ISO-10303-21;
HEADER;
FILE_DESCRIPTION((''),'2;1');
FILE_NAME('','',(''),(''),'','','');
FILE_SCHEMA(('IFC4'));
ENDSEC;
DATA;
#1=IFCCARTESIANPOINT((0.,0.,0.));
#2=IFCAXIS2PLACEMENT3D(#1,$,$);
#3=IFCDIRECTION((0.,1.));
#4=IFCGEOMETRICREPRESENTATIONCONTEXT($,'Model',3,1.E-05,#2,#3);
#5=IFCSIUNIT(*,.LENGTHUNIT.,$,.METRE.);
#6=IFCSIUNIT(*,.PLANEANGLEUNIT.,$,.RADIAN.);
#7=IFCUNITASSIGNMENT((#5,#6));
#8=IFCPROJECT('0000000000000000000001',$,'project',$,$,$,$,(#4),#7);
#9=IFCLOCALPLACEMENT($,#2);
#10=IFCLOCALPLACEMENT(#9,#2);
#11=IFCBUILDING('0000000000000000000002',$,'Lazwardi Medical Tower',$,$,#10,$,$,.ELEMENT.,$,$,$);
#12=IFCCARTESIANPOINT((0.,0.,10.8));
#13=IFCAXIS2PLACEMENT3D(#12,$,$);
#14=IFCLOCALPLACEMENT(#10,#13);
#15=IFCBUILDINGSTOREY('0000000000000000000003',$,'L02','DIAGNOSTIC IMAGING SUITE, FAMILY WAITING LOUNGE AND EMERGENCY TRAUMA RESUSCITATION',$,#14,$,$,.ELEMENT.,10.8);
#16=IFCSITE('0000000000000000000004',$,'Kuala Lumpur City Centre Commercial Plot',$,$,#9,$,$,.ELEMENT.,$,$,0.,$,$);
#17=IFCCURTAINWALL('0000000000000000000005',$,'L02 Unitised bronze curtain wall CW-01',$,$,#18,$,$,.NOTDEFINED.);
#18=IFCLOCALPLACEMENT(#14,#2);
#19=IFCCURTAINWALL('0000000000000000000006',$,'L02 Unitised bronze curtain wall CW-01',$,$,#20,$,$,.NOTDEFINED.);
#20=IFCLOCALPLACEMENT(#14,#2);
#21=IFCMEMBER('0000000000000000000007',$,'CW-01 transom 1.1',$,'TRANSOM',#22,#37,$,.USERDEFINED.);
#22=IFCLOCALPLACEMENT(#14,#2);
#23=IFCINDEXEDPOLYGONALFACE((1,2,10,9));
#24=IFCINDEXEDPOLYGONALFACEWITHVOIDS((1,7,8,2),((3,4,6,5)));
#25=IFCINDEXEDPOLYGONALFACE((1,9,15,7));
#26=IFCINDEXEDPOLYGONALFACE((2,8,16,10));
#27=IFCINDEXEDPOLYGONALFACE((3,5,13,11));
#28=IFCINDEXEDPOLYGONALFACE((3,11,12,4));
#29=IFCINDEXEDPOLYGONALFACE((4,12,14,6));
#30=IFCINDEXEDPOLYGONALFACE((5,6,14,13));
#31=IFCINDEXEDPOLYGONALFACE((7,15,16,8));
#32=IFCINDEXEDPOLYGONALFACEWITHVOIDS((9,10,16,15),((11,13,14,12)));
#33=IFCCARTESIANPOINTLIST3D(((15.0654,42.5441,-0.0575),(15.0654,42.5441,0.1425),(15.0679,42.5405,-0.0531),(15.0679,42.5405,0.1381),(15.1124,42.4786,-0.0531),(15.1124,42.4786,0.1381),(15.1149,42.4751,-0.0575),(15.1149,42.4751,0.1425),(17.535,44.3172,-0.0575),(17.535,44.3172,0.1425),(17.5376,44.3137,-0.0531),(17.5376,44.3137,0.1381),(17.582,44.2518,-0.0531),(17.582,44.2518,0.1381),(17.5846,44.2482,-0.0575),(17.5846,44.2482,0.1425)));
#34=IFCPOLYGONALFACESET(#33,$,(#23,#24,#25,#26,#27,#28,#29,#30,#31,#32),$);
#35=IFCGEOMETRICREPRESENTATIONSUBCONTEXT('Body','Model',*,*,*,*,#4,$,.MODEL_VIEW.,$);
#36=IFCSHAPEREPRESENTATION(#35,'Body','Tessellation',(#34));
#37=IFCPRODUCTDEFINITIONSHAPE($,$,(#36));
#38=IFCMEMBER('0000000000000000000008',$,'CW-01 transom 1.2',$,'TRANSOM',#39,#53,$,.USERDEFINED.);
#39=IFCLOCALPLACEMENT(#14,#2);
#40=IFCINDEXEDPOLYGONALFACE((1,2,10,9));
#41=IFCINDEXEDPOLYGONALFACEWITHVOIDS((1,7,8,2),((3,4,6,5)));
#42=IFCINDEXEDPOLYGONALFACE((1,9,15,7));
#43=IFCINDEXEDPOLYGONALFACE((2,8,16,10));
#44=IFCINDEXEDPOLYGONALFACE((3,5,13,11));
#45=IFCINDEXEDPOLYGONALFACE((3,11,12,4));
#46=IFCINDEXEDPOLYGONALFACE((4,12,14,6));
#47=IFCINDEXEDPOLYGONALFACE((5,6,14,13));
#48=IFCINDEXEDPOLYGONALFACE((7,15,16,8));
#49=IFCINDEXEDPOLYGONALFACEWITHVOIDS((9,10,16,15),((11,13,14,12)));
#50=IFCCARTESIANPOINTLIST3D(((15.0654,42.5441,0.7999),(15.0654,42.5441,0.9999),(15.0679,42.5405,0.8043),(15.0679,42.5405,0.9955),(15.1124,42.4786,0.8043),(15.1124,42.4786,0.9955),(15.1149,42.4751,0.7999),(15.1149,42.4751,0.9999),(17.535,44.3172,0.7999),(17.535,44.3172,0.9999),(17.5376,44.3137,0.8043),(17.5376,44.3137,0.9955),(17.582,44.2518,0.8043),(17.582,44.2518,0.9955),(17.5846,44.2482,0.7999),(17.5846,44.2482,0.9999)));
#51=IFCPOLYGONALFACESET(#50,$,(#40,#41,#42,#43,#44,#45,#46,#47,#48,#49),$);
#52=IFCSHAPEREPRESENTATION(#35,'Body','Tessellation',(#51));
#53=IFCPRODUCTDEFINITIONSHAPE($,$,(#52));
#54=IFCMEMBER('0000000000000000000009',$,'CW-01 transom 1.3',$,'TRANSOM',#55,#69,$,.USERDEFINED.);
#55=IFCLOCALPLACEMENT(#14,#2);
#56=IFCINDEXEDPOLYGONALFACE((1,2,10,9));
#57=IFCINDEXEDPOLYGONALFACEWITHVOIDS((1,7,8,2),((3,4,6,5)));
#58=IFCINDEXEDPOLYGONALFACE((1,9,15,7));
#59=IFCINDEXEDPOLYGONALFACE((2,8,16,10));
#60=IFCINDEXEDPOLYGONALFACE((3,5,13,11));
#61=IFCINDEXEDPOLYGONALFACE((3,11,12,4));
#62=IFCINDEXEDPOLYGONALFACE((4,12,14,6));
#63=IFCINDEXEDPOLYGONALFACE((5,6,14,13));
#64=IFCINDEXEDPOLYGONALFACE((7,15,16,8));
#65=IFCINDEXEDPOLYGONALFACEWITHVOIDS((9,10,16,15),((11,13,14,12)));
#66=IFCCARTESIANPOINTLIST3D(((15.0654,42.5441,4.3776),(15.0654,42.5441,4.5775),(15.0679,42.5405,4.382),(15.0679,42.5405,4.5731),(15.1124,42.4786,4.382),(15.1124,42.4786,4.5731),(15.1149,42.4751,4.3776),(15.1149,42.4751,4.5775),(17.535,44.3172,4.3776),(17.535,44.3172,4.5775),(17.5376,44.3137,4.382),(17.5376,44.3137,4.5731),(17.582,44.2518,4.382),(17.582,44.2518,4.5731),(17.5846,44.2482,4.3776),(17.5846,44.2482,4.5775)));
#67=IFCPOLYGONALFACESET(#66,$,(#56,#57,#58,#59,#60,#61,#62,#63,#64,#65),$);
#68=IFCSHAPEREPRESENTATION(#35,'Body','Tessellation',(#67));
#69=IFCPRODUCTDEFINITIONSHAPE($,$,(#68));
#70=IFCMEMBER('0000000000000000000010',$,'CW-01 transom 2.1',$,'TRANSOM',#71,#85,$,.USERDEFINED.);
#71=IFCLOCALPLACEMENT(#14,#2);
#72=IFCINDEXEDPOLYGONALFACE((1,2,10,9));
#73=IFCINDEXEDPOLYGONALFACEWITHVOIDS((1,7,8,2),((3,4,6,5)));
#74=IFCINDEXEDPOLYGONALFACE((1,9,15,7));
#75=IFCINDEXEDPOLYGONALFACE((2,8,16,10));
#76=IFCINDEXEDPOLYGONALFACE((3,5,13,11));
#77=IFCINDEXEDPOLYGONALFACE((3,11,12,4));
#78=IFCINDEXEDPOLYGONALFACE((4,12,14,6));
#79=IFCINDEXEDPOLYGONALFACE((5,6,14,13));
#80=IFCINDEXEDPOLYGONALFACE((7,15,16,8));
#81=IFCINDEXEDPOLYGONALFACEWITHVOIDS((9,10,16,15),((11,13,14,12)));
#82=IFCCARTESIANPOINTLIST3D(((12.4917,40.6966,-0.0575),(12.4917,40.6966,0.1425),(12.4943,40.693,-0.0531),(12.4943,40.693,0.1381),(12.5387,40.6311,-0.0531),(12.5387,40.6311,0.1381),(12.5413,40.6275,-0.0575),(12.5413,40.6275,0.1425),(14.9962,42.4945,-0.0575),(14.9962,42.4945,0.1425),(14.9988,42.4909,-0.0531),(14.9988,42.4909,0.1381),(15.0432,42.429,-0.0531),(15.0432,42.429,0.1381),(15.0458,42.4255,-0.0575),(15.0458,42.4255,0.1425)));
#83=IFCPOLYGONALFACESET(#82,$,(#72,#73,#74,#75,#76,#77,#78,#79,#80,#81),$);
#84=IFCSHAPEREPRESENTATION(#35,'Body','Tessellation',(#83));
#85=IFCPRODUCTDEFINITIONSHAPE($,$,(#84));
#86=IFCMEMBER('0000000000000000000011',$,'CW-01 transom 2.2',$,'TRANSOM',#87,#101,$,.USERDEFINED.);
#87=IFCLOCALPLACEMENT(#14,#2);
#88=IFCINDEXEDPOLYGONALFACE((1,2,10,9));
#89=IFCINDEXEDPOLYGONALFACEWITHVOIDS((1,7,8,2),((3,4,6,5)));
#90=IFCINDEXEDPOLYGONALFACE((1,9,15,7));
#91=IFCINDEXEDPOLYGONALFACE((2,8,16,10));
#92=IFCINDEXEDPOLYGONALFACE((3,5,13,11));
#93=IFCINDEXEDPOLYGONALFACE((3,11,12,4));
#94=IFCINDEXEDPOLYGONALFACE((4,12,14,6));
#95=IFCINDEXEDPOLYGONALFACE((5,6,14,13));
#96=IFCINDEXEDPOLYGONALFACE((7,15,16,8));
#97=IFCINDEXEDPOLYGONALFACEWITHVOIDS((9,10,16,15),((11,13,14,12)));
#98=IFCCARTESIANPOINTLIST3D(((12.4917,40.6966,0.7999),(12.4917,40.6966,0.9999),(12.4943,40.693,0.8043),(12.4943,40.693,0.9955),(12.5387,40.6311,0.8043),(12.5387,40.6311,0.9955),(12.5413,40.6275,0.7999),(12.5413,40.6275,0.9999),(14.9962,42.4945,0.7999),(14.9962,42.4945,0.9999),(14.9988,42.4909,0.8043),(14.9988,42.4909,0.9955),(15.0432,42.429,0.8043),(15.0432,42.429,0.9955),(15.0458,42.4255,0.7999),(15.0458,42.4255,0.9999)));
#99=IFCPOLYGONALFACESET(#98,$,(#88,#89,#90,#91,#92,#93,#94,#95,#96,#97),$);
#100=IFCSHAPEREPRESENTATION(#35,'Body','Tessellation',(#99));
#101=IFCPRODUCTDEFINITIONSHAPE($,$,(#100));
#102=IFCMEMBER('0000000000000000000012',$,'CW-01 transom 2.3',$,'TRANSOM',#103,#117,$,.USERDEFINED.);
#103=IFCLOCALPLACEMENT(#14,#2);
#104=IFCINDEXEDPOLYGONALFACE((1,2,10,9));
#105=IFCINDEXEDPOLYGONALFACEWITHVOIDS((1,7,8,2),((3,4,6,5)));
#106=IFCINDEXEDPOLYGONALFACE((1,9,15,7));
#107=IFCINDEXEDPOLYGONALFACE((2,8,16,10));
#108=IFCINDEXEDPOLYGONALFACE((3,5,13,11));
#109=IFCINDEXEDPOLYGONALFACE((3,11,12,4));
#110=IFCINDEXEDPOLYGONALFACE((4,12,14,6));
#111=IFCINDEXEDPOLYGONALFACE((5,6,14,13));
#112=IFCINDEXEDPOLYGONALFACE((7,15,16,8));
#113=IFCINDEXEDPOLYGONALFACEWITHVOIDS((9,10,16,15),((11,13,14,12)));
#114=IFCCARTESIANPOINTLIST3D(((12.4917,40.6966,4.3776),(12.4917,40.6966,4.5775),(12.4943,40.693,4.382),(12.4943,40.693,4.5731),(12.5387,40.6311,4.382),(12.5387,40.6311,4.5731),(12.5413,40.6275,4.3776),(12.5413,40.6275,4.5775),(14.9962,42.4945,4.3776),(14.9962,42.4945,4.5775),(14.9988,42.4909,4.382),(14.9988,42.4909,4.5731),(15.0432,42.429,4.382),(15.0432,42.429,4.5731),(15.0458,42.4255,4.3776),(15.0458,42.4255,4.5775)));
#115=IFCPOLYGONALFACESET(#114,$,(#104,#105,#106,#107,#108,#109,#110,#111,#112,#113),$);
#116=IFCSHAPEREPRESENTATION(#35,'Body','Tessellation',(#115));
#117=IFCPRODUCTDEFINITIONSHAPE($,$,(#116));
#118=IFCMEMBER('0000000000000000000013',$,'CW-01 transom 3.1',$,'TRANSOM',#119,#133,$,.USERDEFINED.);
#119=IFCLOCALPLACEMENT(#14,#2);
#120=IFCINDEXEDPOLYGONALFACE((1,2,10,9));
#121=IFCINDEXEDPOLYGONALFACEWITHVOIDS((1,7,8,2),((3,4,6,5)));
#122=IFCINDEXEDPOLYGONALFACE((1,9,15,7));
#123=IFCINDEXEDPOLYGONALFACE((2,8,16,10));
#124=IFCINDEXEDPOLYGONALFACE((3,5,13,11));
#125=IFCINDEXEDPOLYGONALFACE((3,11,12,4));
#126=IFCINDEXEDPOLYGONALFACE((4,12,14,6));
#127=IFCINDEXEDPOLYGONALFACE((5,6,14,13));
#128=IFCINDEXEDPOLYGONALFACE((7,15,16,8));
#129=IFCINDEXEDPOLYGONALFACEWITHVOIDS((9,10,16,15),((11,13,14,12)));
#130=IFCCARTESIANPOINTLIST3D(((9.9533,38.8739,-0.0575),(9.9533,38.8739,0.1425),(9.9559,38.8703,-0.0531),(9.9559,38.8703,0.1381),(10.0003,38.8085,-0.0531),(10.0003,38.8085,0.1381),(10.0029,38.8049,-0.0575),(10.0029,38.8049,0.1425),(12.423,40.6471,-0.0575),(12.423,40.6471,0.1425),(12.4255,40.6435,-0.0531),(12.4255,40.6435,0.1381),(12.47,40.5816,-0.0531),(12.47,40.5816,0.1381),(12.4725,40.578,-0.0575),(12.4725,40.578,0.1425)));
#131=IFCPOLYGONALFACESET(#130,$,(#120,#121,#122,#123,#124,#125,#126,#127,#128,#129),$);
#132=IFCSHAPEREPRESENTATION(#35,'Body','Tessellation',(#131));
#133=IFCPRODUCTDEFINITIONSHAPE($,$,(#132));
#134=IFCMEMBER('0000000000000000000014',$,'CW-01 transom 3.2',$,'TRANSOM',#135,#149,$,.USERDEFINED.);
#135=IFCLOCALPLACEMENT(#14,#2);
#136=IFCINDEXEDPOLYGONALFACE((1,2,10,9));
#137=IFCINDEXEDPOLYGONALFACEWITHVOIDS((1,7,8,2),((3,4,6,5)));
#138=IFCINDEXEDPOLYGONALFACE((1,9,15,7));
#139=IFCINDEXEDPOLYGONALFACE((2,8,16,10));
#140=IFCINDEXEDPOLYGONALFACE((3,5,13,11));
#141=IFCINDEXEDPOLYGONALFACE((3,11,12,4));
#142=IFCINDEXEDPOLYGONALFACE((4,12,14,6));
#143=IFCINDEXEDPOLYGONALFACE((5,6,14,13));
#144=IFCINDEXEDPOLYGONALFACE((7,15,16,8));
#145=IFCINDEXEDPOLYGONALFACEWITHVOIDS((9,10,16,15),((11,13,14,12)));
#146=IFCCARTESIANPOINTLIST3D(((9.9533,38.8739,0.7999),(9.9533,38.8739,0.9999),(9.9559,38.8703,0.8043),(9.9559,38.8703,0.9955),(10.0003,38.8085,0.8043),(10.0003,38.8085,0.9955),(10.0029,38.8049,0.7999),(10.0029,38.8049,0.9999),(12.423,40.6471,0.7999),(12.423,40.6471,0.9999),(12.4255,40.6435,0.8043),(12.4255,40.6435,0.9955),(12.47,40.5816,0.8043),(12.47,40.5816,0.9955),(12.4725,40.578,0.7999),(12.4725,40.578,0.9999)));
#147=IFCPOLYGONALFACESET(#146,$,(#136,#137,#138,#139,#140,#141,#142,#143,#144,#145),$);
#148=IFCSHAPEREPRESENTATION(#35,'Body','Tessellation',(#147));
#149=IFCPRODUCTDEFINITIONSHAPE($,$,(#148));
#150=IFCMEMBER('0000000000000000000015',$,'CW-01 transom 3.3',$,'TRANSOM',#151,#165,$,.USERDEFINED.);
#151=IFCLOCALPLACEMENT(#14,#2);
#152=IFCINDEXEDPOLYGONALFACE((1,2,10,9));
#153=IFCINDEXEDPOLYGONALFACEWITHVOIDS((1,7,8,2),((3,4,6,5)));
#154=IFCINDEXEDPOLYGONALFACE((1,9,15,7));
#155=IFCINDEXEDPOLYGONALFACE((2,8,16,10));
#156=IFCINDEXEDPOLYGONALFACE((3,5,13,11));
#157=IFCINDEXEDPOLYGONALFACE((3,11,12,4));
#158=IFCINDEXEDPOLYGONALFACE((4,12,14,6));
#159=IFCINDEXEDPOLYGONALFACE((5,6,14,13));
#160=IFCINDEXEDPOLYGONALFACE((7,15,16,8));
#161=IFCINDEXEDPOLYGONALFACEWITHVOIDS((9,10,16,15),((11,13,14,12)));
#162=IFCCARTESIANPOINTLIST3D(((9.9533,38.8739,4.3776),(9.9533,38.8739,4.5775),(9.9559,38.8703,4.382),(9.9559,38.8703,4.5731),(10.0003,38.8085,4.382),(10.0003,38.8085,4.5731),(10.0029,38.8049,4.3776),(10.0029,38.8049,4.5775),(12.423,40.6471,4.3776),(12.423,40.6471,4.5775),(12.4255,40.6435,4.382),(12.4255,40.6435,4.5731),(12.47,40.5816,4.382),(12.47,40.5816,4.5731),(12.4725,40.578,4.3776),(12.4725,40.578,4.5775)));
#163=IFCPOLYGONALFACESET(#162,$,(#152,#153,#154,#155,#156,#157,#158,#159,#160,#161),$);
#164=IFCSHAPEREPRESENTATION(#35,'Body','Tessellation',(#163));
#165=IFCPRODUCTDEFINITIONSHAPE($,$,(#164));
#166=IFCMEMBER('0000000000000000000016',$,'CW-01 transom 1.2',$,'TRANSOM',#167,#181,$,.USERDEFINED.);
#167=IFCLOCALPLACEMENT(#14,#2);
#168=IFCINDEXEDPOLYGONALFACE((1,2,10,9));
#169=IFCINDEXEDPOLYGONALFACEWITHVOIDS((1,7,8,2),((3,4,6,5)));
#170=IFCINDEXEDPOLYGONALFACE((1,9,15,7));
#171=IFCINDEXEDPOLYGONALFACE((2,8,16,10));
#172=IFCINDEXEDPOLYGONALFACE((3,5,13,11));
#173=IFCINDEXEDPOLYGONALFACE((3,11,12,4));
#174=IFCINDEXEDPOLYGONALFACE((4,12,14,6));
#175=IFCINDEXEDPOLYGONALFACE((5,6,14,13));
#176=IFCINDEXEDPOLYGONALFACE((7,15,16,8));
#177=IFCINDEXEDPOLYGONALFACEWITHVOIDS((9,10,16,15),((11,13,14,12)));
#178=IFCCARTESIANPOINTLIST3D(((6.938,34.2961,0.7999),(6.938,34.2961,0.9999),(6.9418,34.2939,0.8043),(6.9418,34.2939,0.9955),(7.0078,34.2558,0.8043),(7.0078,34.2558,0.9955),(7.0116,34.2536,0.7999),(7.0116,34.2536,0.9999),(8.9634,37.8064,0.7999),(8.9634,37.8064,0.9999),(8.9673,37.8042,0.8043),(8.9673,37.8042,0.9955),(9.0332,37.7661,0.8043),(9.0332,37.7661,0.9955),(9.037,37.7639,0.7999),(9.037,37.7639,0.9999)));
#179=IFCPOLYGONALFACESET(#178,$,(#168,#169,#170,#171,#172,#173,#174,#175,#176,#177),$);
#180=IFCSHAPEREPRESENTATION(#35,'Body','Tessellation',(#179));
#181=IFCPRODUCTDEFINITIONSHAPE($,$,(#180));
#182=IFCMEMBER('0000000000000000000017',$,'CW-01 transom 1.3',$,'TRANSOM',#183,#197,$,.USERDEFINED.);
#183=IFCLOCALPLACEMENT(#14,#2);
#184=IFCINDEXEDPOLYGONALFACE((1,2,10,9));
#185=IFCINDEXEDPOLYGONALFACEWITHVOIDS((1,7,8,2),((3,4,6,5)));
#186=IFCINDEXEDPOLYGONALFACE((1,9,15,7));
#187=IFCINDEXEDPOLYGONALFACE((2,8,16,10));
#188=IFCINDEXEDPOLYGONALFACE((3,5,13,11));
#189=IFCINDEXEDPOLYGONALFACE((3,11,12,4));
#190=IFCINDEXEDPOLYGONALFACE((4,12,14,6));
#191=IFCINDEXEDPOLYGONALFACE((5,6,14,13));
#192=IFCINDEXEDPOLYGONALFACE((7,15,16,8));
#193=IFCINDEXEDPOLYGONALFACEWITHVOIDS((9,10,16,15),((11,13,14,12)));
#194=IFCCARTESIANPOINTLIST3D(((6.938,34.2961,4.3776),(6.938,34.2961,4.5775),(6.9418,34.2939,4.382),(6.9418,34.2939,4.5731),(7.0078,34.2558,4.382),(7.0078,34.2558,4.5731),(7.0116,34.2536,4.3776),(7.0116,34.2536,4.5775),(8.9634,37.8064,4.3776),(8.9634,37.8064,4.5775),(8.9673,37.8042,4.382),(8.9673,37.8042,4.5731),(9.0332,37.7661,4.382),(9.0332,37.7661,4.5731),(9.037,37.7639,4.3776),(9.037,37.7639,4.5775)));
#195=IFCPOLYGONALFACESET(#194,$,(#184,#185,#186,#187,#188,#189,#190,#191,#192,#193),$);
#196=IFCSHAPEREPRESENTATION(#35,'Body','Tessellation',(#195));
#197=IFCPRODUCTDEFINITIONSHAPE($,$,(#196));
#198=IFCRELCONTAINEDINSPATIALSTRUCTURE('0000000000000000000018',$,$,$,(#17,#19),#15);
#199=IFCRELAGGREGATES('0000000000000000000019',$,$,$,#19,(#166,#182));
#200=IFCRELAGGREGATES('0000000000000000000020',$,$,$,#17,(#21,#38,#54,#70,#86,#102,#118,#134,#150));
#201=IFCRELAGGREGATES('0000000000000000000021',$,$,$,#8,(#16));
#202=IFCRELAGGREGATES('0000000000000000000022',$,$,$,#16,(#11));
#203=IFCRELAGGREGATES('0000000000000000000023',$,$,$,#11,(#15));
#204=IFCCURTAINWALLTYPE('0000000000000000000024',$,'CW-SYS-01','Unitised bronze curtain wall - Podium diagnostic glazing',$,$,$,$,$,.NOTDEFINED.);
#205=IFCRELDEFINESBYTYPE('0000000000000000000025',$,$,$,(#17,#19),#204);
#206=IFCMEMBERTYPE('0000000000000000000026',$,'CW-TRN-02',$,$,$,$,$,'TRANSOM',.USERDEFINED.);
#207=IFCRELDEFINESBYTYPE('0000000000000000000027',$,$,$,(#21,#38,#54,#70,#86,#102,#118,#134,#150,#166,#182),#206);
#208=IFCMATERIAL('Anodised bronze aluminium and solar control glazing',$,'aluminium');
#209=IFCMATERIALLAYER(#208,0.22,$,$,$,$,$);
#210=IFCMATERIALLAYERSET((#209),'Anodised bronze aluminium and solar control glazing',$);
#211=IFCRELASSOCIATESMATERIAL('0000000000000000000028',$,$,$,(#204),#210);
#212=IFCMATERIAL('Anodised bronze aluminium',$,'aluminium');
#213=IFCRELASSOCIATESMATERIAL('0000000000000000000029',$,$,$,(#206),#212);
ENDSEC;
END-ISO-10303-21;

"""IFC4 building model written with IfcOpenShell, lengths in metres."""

from ifc_helpers import new_model, si_unit, direction, frame, origin, origin_2d, place, context, subcontext, project, spatial, hollow_rectangle, extrude, material, layer, layer_set, material_profile, profile_set, type_object, element, aggregate, save


model = new_model("IFC4")

# Units and contexts
model_context = context("Model", 3, precision=1e-05, world=origin(), true_north=direction((0.0, 1.0)))
body_context = subcontext(model_context, "Body", "Model", "MODEL_VIEW")
ifc_project = project(units=[si_unit("LENGTHUNIT", "METRE"), si_unit("PLANEANGLEUNIT", "RADIAN")], contexts=[model_context])

# Site, building, storey
site_placement = place(None, origin())
site = spatial("IfcSite", under=ifc_project, at=site_placement, Name="Kuala Lumpur City Centre Commercial Plot", CompositionType="ELEMENT", RefElevation=0.0)
building_placement = place(site_placement, origin())
building = spatial("IfcBuilding", under=site, at=building_placement, Name="Lazwardi Medical Tower", CompositionType="ELEMENT")
storey_placement = place(building_placement, frame((0.0, 0.0, 10.8)))
storey = spatial("IfcBuildingStorey", under=building, at=storey_placement, Name="L02", Description="DIAGNOSTIC IMAGING SUITE, FAMILY WAITING LOUNGE AND EMERGENCY TRAUMA RESUSCITATION", CompositionType="ELEMENT", Elevation=10.8)

# Shared definitions
ifc_material_1 = material(Name="Anodised bronze aluminium and solar control glazing", Category="aluminium")
ifc_layer_1 = layer(ifc_material_1, 0.22)
ifc_layer_set_1 = layer_set([ifc_layer_1], Name="Anodised bronze aluminium and solar control glazing")
curtain_wall_type = type_object("IfcCurtainWallType", Name="CW-SYS-01", Description="Unitised bronze curtain wall - Podium diagnostic glazing", PredefinedType="NOTDEFINED", material=ifc_layer_set_1)
ifc_material_2 = material(Name="Anodised bronze aluminium", Category="aluminium")

# Curtain wall
curtain_wall_1_placement = place(storey_placement, origin())
curtain_wall_1 = element("IfcCurtainWall", 1, at=curtain_wall_1_placement, inside=storey, type_object=curtain_wall_type, Name="L02 Unitised bronze curtain wall CW-01", PredefinedType="NOTDEFINED")

# Curtain wall
curtain_wall_2_placement = place(storey_placement, origin())
curtain_wall_2 = element("IfcCurtainWall", 2, at=curtain_wall_2_placement, inside=storey, type_object=curtain_wall_type, Name="L02 Unitised bronze curtain wall CW-01", PredefinedType="NOTDEFINED")

# Members
ifc_material_profile_1 = material_profile(ifc_material_2, hollow_rectangle(XDim=0.085, YDim=0.2, WallThickness=0.0044, at=origin_2d()), Name="ALU-TRANSOM 200x85x4.5")
ifc_profile_set_1 = profile_set([ifc_material_profile_1], Name="Anodised bronze aluminium")
member_type_1 = type_object("IfcMemberType", Name="CW-TRN-02", ElementType="TRANSOM", PredefinedType="USERDEFINED", material=ifc_profile_set_1)
member_1_placement = place(storey_placement, frame((17.5598, 44.2827, 0.0425), z_axis=(-0.812315, -0.583219, 0.0), x_axis=(0.583219, -0.812315, 0.0)))
member_1 = element("IfcMember", 3, at=member_1_placement, type_object=member_type_1, Name="CW-01 transom 1.1", ObjectType="TRANSOM", PredefinedType="USERDEFINED", context=body_context, shape_type="SweptSolid", body=[
    extrude(hollow_rectangle(XDim=0.085, YDim=0.2, WallThickness=0.0044, at=origin_2d()), origin(), (0.0, 0.0, 1.0), 3.0403),
])
member_2_placement = place(storey_placement, frame((17.5598, 44.2827, 0.8999), z_axis=(-0.812315, -0.583219, 0.0), x_axis=(0.583219, -0.812315, 0.0)))
member_2 = element("IfcMember", 4, at=member_2_placement, type_object=member_type_1, Name="CW-01 transom 1.2", ObjectType="TRANSOM", PredefinedType="USERDEFINED", context=body_context, shape_type="SweptSolid", body=[
    extrude(hollow_rectangle(XDim=0.085, YDim=0.2, WallThickness=0.0044, at=origin_2d()), origin(), (0.0, 0.0, 1.0), 3.0403),
])
member_3_placement = place(storey_placement, frame((17.5598, 44.2827, 4.4775), z_axis=(-0.812315, -0.583219, 0.0), x_axis=(0.583219, -0.812315, 0.0)))
member_3 = element("IfcMember", 5, at=member_3_placement, type_object=member_type_1, Name="CW-01 transom 1.3", ObjectType="TRANSOM", PredefinedType="USERDEFINED", context=body_context, shape_type="SweptSolid", body=[
    extrude(hollow_rectangle(XDim=0.085, YDim=0.2, WallThickness=0.0044, at=origin_2d()), origin(), (0.0, 0.0, 1.0), 3.0403),
])
member_4_placement = place(storey_placement, frame((15.021, 42.46, 0.0425), z_axis=(-0.812351, -0.583169, 0.0), x_axis=(0.583169, -0.812351, 0.0)))
member_4 = element("IfcMember", 6, at=member_4_placement, type_object=member_type_1, Name="CW-01 transom 2.1", ObjectType="TRANSOM", PredefinedType="USERDEFINED", context=body_context, shape_type="SweptSolid", body=[
    extrude(hollow_rectangle(XDim=0.085, YDim=0.2, WallThickness=0.0044, at=origin_2d()), origin(), (0.0, 0.0, 1.0), 3.083),
])
member_5_placement = place(storey_placement, frame((15.021, 42.46, 0.8999), z_axis=(-0.812351, -0.583169, 0.0), x_axis=(0.583169, -0.812351, 0.0)))
member_5 = element("IfcMember", 7, at=member_5_placement, type_object=member_type_1, Name="CW-01 transom 2.2", ObjectType="TRANSOM", PredefinedType="USERDEFINED", context=body_context, shape_type="SweptSolid", body=[
    extrude(hollow_rectangle(XDim=0.085, YDim=0.2, WallThickness=0.0044, at=origin_2d()), origin(), (0.0, 0.0, 1.0), 3.083),
])
member_6_placement = place(storey_placement, frame((15.021, 42.46, 4.4775), z_axis=(-0.812351, -0.583169, 0.0), x_axis=(0.583169, -0.812351, 0.0)))
member_6 = element("IfcMember", 8, at=member_6_placement, type_object=member_type_1, Name="CW-01 transom 2.3", ObjectType="TRANSOM", PredefinedType="USERDEFINED", context=body_context, shape_type="SweptSolid", body=[
    extrude(hollow_rectangle(XDim=0.085, YDim=0.2, WallThickness=0.0044, at=origin_2d()), origin(), (0.0, 0.0, 1.0), 3.083),
])
member_7_placement = place(storey_placement, frame((12.4478, 40.6125, 0.0425), z_axis=(-0.812315, -0.583219, 0.0), x_axis=(0.583219, -0.812315, 0.0)))
member_7 = element("IfcMember", 9, at=member_7_placement, type_object=member_type_1, Name="CW-01 transom 3.1", ObjectType="TRANSOM", PredefinedType="USERDEFINED", context=body_context, shape_type="SweptSolid", body=[
    extrude(hollow_rectangle(XDim=0.085, YDim=0.2, WallThickness=0.0044, at=origin_2d()), origin(), (0.0, 0.0, 1.0), 3.0403),
])
member_8_placement = place(storey_placement, frame((12.4478, 40.6125, 0.8999), z_axis=(-0.812315, -0.583219, 0.0), x_axis=(0.583219, -0.812315, 0.0)))
member_8 = element("IfcMember", 10, at=member_8_placement, type_object=member_type_1, Name="CW-01 transom 3.2", ObjectType="TRANSOM", PredefinedType="USERDEFINED", context=body_context, shape_type="SweptSolid", body=[
    extrude(hollow_rectangle(XDim=0.085, YDim=0.2, WallThickness=0.0044, at=origin_2d()), origin(), (0.0, 0.0, 1.0), 3.0403),
])
member_9_placement = place(storey_placement, frame((12.4478, 40.6125, 4.4775), z_axis=(-0.812315, -0.583219, 0.0), x_axis=(0.583219, -0.812315, 0.0)))
member_9 = element("IfcMember", 11, at=member_9_placement, type_object=member_type_1, Name="CW-01 transom 3.3", ObjectType="TRANSOM", PredefinedType="USERDEFINED", context=body_context, shape_type="SweptSolid", body=[
    extrude(hollow_rectangle(XDim=0.085, YDim=0.2, WallThickness=0.0044, at=origin_2d()), origin(), (0.0, 0.0, 1.0), 3.0403),
])
member_10_placement = place(storey_placement, frame((9.0002, 37.7852, 0.8999), z_axis=(-0.499768, -0.86616, 0.0), x_axis=(0.86616, -0.499768, 0.0)))
member_10 = element("IfcMember", 12, at=member_10_placement, type_object=member_type_1, Name="CW-01 transom 1.2", ObjectType="TRANSOM", PredefinedType="USERDEFINED", context=body_context, shape_type="SweptSolid", body=[
    extrude(hollow_rectangle(XDim=0.085, YDim=0.2, WallThickness=0.0044, at=origin_2d()), origin(), (0.0, 0.0, 1.0), 4.0527),
])
member_11_placement = place(storey_placement, frame((9.0002, 37.7852, 4.4775), z_axis=(-0.499768, -0.86616, 0.0), x_axis=(0.86616, -0.499768, 0.0)))
member_11 = element("IfcMember", 13, at=member_11_placement, type_object=member_type_1, Name="CW-01 transom 1.3", ObjectType="TRANSOM", PredefinedType="USERDEFINED", context=body_context, shape_type="SweptSolid", body=[
    extrude(hollow_rectangle(XDim=0.085, YDim=0.2, WallThickness=0.0044, at=origin_2d()), origin(), (0.0, 0.0, 1.0), 4.0527),
])
aggregate(curtain_wall_2, [member_10, member_11])

aggregate(curtain_wall_1, [member_1, member_2, member_3, member_4, member_5, member_6, member_7, member_8, member_9])

save(model, "model.ifc")
